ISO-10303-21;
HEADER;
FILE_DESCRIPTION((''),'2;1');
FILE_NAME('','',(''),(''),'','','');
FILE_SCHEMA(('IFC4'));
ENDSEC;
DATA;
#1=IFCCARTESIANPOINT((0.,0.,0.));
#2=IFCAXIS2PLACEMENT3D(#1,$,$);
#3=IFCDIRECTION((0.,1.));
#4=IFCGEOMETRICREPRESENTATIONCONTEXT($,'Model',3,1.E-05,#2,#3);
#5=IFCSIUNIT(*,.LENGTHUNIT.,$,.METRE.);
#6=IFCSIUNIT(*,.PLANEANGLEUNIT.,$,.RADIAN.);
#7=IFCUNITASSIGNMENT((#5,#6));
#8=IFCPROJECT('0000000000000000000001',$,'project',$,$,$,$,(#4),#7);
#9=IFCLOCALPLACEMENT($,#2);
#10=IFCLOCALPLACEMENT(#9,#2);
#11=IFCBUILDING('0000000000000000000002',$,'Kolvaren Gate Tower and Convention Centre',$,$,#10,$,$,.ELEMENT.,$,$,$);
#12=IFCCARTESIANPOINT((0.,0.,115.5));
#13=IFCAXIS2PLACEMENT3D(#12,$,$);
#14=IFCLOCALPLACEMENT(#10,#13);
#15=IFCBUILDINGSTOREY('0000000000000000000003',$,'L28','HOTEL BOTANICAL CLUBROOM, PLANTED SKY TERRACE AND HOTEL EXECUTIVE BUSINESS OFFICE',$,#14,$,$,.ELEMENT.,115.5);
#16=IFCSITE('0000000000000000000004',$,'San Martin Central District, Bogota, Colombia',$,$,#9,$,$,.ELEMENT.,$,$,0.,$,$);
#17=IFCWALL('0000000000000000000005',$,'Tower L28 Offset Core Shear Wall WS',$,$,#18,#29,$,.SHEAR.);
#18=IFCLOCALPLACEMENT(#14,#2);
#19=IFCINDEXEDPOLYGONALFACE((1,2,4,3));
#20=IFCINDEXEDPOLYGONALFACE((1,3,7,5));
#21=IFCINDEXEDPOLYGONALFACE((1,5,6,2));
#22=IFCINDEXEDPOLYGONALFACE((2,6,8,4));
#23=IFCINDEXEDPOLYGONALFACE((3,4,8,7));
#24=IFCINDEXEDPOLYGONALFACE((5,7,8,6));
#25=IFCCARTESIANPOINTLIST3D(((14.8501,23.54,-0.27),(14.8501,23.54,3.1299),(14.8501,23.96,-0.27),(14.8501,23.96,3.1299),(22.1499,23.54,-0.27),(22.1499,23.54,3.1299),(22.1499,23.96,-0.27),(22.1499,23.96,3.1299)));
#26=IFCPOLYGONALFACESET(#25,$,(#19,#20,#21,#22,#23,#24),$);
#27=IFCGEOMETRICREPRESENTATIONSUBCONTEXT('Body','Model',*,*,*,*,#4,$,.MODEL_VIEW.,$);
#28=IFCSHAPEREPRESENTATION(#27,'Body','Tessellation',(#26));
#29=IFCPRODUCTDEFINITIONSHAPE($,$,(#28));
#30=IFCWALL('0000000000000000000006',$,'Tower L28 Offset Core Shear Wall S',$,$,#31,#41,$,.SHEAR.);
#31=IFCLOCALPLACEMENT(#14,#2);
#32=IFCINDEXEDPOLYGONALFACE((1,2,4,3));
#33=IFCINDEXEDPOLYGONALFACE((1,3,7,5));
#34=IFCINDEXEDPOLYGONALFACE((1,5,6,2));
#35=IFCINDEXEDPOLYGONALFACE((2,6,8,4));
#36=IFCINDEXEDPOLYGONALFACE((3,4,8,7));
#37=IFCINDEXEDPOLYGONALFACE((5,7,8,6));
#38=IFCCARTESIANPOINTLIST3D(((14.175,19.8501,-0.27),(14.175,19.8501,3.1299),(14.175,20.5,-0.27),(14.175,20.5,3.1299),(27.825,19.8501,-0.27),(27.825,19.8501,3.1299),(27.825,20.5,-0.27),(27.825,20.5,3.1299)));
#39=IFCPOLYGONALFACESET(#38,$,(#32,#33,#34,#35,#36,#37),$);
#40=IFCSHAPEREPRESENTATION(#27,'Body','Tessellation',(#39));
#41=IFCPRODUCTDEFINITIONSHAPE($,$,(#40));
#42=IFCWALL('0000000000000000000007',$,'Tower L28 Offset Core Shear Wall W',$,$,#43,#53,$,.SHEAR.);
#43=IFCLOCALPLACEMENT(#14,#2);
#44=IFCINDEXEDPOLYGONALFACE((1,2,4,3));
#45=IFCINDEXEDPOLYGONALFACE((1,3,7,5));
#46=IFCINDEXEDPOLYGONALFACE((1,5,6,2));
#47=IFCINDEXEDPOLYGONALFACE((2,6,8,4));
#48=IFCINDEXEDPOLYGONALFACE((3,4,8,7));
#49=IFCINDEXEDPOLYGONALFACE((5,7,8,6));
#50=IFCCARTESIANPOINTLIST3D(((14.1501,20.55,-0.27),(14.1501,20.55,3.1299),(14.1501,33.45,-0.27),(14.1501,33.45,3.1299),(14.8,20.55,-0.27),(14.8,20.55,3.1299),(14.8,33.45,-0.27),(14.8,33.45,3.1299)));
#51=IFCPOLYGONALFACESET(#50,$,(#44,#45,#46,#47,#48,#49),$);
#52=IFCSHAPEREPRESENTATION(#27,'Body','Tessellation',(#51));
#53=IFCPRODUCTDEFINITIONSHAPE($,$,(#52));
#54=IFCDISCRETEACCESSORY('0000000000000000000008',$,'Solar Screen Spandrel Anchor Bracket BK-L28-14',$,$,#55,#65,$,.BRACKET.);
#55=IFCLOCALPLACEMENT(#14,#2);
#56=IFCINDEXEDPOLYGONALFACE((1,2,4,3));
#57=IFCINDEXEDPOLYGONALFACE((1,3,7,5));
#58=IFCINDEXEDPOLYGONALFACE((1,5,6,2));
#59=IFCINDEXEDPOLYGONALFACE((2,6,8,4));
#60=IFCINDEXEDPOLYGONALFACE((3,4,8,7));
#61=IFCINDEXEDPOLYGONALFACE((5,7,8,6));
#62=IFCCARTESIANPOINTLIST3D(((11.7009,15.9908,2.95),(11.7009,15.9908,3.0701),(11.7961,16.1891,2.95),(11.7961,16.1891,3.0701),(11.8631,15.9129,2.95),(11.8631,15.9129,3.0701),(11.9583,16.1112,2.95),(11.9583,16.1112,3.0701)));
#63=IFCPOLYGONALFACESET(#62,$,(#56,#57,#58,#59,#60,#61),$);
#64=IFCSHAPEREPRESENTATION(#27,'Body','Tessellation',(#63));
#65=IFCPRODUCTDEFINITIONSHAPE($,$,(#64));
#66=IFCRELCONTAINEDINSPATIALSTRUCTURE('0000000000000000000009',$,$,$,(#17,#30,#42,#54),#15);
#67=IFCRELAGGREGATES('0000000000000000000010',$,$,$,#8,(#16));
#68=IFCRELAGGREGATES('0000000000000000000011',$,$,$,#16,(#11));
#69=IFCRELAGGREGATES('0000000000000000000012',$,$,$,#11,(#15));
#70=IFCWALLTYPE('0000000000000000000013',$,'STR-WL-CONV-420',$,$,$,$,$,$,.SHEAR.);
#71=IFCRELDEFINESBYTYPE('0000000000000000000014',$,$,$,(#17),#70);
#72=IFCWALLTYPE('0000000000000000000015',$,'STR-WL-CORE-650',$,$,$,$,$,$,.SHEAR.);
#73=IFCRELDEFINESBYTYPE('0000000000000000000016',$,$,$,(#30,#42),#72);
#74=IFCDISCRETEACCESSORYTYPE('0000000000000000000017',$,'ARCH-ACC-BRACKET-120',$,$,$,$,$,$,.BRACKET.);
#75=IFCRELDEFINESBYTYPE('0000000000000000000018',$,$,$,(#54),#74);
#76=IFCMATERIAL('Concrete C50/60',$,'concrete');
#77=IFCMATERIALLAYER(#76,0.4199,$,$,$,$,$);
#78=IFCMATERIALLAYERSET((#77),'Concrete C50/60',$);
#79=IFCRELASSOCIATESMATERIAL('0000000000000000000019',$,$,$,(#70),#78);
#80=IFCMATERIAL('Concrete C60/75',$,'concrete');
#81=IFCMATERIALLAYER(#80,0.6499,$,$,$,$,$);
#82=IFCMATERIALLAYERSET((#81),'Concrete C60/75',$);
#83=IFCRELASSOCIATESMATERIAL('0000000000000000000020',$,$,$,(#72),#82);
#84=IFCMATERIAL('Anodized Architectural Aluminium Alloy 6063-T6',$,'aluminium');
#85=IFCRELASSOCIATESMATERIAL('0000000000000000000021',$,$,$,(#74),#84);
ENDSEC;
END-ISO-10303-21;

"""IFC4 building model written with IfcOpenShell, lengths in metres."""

from ifc_helpers import new_model, si_unit, direction, frame, frame_2d, origin, origin_2d, place, context, subcontext, project, spatial, rectangle, extrude, material, layer, layer_set, type_object, element, save


model = new_model("IFC4")

# Units and contexts
model_context = context("Model", 3, precision=1e-05, world=origin(), true_north=direction((0.0, 1.0)))
body_context = subcontext(model_context, "Body", "Model", "MODEL_VIEW")
ifc_project = project(units=[si_unit("LENGTHUNIT", "METRE"), si_unit("PLANEANGLEUNIT", "RADIAN")], contexts=[model_context])

# Site, building, storey
site_placement = place(None, origin())
site = spatial("IfcSite", under=ifc_project, at=site_placement, Name="San Martin Central District, Bogota, Colombia", CompositionType="ELEMENT", RefElevation=0.0)
building_placement = place(site_placement, origin())
building = spatial("IfcBuilding", under=site, at=building_placement, Name="Kolvaren Gate Tower and Convention Centre", CompositionType="ELEMENT")
storey_placement = place(building_placement, frame((0.0, 0.0, 115.5)))
storey = spatial("IfcBuildingStorey", under=building, at=storey_placement, Name="L28", Description="HOTEL BOTANICAL CLUBROOM, PLANTED SKY TERRACE AND HOTEL EXECUTIVE BUSINESS OFFICE", CompositionType="ELEMENT", Elevation=115.5)

# Shared definitions
ifc_material_1 = material(Name="Concrete C60/75", Category="concrete")

# Shared definitions
ifc_material_2 = material(Name="Anodized Architectural Aluminium Alloy 6063-T6", Category="aluminium")

# Walls
ifc_material_3 = material(Name="Concrete C50/60", Category="concrete")
ifc_layer_1 = layer(ifc_material_3, 0.4199)
ifc_layer_set_1 = layer_set([ifc_layer_1], Name="Concrete C50/60")
wall_type_1 = type_object("IfcWallType", Name="STR-WL-CONV-420", PredefinedType="SHEAR", material=ifc_layer_set_1)
wall_1_placement = place(storey_placement, frame((14.8501, 23.75, -0.27), z_axis=(0.0, 0.0, 1.0), x_axis=(1.0, 0.0, 0.0)))
element("IfcWall", 1, at=wall_1_placement, inside=storey, type_object=wall_type_1, Name="Tower L28 Offset Core Shear Wall WS", PredefinedType="SHEAR", context=body_context, shape_type="SweptSolid", body=[
    extrude(rectangle(XDim=7.2998, YDim=0.4199, at=frame_2d((3.6499, 0.0))), origin(), (0.0, 0.0, 1.0), 3.3999),
])
ifc_layer_2 = layer(ifc_material_1, 0.6499)
ifc_layer_set_2 = layer_set([ifc_layer_2], Name="Concrete C60/75")
wall_type_2 = type_object("IfcWallType", Name="STR-WL-CORE-650", PredefinedType="SHEAR", material=ifc_layer_set_2)
wall_2_placement = place(storey_placement, frame((14.175, 20.175, -0.27), z_axis=(0.0, 0.0, 1.0), x_axis=(1.0, 0.0, 0.0)))
element("IfcWall", 2, at=wall_2_placement, inside=storey, type_object=wall_type_2, Name="Tower L28 Offset Core Shear Wall S", PredefinedType="SHEAR", context=body_context, shape_type="SweptSolid", body=[
    extrude(rectangle(XDim=13.6499, YDim=0.6499, at=frame_2d((6.825, 0.0))), origin(), (0.0, 0.0, 1.0), 3.3999),
])
wall_3_placement = place(storey_placement, frame((14.4751, 20.55, -0.27), z_axis=(0.0, 0.0, 1.0), x_axis=(0.0, 1.0, 0.0)))
element("IfcWall", 3, at=wall_3_placement, inside=storey, type_object=wall_type_2, Name="Tower L28 Offset Core Shear Wall W", PredefinedType="SHEAR", context=body_context, shape_type="SweptSolid", body=[
    extrude(rectangle(XDim=12.8999, YDim=0.6499, at=frame_2d((6.45, 0.0))), origin(), (0.0, 0.0, 1.0), 3.3999),
])

# Discrete accessory
discrete_accessory_type = type_object("IfcDiscreteAccessoryType", Name="ARCH-ACC-BRACKET-120", PredefinedType="BRACKET", material=ifc_material_2)
discrete_accessory_placement = place(storey_placement, frame((11.8296, 16.051, 2.95), z_axis=(0.0, 0.0, 1.0), x_axis=(0.901363, -0.433065, 0.0)))
element("IfcDiscreteAccessory", 4, at=discrete_accessory_placement, inside=storey, type_object=discrete_accessory_type, Name="Solar Screen Spandrel Anchor Bracket BK-L28-14", PredefinedType="BRACKET", context=body_context, shape_type="SweptSolid", body=[
    extrude(rectangle(XDim=0.1799, YDim=0.22, at=origin_2d()), origin(), (0.0, 0.0, 1.0), 0.1201),
])

save(model, "model.ifc")
